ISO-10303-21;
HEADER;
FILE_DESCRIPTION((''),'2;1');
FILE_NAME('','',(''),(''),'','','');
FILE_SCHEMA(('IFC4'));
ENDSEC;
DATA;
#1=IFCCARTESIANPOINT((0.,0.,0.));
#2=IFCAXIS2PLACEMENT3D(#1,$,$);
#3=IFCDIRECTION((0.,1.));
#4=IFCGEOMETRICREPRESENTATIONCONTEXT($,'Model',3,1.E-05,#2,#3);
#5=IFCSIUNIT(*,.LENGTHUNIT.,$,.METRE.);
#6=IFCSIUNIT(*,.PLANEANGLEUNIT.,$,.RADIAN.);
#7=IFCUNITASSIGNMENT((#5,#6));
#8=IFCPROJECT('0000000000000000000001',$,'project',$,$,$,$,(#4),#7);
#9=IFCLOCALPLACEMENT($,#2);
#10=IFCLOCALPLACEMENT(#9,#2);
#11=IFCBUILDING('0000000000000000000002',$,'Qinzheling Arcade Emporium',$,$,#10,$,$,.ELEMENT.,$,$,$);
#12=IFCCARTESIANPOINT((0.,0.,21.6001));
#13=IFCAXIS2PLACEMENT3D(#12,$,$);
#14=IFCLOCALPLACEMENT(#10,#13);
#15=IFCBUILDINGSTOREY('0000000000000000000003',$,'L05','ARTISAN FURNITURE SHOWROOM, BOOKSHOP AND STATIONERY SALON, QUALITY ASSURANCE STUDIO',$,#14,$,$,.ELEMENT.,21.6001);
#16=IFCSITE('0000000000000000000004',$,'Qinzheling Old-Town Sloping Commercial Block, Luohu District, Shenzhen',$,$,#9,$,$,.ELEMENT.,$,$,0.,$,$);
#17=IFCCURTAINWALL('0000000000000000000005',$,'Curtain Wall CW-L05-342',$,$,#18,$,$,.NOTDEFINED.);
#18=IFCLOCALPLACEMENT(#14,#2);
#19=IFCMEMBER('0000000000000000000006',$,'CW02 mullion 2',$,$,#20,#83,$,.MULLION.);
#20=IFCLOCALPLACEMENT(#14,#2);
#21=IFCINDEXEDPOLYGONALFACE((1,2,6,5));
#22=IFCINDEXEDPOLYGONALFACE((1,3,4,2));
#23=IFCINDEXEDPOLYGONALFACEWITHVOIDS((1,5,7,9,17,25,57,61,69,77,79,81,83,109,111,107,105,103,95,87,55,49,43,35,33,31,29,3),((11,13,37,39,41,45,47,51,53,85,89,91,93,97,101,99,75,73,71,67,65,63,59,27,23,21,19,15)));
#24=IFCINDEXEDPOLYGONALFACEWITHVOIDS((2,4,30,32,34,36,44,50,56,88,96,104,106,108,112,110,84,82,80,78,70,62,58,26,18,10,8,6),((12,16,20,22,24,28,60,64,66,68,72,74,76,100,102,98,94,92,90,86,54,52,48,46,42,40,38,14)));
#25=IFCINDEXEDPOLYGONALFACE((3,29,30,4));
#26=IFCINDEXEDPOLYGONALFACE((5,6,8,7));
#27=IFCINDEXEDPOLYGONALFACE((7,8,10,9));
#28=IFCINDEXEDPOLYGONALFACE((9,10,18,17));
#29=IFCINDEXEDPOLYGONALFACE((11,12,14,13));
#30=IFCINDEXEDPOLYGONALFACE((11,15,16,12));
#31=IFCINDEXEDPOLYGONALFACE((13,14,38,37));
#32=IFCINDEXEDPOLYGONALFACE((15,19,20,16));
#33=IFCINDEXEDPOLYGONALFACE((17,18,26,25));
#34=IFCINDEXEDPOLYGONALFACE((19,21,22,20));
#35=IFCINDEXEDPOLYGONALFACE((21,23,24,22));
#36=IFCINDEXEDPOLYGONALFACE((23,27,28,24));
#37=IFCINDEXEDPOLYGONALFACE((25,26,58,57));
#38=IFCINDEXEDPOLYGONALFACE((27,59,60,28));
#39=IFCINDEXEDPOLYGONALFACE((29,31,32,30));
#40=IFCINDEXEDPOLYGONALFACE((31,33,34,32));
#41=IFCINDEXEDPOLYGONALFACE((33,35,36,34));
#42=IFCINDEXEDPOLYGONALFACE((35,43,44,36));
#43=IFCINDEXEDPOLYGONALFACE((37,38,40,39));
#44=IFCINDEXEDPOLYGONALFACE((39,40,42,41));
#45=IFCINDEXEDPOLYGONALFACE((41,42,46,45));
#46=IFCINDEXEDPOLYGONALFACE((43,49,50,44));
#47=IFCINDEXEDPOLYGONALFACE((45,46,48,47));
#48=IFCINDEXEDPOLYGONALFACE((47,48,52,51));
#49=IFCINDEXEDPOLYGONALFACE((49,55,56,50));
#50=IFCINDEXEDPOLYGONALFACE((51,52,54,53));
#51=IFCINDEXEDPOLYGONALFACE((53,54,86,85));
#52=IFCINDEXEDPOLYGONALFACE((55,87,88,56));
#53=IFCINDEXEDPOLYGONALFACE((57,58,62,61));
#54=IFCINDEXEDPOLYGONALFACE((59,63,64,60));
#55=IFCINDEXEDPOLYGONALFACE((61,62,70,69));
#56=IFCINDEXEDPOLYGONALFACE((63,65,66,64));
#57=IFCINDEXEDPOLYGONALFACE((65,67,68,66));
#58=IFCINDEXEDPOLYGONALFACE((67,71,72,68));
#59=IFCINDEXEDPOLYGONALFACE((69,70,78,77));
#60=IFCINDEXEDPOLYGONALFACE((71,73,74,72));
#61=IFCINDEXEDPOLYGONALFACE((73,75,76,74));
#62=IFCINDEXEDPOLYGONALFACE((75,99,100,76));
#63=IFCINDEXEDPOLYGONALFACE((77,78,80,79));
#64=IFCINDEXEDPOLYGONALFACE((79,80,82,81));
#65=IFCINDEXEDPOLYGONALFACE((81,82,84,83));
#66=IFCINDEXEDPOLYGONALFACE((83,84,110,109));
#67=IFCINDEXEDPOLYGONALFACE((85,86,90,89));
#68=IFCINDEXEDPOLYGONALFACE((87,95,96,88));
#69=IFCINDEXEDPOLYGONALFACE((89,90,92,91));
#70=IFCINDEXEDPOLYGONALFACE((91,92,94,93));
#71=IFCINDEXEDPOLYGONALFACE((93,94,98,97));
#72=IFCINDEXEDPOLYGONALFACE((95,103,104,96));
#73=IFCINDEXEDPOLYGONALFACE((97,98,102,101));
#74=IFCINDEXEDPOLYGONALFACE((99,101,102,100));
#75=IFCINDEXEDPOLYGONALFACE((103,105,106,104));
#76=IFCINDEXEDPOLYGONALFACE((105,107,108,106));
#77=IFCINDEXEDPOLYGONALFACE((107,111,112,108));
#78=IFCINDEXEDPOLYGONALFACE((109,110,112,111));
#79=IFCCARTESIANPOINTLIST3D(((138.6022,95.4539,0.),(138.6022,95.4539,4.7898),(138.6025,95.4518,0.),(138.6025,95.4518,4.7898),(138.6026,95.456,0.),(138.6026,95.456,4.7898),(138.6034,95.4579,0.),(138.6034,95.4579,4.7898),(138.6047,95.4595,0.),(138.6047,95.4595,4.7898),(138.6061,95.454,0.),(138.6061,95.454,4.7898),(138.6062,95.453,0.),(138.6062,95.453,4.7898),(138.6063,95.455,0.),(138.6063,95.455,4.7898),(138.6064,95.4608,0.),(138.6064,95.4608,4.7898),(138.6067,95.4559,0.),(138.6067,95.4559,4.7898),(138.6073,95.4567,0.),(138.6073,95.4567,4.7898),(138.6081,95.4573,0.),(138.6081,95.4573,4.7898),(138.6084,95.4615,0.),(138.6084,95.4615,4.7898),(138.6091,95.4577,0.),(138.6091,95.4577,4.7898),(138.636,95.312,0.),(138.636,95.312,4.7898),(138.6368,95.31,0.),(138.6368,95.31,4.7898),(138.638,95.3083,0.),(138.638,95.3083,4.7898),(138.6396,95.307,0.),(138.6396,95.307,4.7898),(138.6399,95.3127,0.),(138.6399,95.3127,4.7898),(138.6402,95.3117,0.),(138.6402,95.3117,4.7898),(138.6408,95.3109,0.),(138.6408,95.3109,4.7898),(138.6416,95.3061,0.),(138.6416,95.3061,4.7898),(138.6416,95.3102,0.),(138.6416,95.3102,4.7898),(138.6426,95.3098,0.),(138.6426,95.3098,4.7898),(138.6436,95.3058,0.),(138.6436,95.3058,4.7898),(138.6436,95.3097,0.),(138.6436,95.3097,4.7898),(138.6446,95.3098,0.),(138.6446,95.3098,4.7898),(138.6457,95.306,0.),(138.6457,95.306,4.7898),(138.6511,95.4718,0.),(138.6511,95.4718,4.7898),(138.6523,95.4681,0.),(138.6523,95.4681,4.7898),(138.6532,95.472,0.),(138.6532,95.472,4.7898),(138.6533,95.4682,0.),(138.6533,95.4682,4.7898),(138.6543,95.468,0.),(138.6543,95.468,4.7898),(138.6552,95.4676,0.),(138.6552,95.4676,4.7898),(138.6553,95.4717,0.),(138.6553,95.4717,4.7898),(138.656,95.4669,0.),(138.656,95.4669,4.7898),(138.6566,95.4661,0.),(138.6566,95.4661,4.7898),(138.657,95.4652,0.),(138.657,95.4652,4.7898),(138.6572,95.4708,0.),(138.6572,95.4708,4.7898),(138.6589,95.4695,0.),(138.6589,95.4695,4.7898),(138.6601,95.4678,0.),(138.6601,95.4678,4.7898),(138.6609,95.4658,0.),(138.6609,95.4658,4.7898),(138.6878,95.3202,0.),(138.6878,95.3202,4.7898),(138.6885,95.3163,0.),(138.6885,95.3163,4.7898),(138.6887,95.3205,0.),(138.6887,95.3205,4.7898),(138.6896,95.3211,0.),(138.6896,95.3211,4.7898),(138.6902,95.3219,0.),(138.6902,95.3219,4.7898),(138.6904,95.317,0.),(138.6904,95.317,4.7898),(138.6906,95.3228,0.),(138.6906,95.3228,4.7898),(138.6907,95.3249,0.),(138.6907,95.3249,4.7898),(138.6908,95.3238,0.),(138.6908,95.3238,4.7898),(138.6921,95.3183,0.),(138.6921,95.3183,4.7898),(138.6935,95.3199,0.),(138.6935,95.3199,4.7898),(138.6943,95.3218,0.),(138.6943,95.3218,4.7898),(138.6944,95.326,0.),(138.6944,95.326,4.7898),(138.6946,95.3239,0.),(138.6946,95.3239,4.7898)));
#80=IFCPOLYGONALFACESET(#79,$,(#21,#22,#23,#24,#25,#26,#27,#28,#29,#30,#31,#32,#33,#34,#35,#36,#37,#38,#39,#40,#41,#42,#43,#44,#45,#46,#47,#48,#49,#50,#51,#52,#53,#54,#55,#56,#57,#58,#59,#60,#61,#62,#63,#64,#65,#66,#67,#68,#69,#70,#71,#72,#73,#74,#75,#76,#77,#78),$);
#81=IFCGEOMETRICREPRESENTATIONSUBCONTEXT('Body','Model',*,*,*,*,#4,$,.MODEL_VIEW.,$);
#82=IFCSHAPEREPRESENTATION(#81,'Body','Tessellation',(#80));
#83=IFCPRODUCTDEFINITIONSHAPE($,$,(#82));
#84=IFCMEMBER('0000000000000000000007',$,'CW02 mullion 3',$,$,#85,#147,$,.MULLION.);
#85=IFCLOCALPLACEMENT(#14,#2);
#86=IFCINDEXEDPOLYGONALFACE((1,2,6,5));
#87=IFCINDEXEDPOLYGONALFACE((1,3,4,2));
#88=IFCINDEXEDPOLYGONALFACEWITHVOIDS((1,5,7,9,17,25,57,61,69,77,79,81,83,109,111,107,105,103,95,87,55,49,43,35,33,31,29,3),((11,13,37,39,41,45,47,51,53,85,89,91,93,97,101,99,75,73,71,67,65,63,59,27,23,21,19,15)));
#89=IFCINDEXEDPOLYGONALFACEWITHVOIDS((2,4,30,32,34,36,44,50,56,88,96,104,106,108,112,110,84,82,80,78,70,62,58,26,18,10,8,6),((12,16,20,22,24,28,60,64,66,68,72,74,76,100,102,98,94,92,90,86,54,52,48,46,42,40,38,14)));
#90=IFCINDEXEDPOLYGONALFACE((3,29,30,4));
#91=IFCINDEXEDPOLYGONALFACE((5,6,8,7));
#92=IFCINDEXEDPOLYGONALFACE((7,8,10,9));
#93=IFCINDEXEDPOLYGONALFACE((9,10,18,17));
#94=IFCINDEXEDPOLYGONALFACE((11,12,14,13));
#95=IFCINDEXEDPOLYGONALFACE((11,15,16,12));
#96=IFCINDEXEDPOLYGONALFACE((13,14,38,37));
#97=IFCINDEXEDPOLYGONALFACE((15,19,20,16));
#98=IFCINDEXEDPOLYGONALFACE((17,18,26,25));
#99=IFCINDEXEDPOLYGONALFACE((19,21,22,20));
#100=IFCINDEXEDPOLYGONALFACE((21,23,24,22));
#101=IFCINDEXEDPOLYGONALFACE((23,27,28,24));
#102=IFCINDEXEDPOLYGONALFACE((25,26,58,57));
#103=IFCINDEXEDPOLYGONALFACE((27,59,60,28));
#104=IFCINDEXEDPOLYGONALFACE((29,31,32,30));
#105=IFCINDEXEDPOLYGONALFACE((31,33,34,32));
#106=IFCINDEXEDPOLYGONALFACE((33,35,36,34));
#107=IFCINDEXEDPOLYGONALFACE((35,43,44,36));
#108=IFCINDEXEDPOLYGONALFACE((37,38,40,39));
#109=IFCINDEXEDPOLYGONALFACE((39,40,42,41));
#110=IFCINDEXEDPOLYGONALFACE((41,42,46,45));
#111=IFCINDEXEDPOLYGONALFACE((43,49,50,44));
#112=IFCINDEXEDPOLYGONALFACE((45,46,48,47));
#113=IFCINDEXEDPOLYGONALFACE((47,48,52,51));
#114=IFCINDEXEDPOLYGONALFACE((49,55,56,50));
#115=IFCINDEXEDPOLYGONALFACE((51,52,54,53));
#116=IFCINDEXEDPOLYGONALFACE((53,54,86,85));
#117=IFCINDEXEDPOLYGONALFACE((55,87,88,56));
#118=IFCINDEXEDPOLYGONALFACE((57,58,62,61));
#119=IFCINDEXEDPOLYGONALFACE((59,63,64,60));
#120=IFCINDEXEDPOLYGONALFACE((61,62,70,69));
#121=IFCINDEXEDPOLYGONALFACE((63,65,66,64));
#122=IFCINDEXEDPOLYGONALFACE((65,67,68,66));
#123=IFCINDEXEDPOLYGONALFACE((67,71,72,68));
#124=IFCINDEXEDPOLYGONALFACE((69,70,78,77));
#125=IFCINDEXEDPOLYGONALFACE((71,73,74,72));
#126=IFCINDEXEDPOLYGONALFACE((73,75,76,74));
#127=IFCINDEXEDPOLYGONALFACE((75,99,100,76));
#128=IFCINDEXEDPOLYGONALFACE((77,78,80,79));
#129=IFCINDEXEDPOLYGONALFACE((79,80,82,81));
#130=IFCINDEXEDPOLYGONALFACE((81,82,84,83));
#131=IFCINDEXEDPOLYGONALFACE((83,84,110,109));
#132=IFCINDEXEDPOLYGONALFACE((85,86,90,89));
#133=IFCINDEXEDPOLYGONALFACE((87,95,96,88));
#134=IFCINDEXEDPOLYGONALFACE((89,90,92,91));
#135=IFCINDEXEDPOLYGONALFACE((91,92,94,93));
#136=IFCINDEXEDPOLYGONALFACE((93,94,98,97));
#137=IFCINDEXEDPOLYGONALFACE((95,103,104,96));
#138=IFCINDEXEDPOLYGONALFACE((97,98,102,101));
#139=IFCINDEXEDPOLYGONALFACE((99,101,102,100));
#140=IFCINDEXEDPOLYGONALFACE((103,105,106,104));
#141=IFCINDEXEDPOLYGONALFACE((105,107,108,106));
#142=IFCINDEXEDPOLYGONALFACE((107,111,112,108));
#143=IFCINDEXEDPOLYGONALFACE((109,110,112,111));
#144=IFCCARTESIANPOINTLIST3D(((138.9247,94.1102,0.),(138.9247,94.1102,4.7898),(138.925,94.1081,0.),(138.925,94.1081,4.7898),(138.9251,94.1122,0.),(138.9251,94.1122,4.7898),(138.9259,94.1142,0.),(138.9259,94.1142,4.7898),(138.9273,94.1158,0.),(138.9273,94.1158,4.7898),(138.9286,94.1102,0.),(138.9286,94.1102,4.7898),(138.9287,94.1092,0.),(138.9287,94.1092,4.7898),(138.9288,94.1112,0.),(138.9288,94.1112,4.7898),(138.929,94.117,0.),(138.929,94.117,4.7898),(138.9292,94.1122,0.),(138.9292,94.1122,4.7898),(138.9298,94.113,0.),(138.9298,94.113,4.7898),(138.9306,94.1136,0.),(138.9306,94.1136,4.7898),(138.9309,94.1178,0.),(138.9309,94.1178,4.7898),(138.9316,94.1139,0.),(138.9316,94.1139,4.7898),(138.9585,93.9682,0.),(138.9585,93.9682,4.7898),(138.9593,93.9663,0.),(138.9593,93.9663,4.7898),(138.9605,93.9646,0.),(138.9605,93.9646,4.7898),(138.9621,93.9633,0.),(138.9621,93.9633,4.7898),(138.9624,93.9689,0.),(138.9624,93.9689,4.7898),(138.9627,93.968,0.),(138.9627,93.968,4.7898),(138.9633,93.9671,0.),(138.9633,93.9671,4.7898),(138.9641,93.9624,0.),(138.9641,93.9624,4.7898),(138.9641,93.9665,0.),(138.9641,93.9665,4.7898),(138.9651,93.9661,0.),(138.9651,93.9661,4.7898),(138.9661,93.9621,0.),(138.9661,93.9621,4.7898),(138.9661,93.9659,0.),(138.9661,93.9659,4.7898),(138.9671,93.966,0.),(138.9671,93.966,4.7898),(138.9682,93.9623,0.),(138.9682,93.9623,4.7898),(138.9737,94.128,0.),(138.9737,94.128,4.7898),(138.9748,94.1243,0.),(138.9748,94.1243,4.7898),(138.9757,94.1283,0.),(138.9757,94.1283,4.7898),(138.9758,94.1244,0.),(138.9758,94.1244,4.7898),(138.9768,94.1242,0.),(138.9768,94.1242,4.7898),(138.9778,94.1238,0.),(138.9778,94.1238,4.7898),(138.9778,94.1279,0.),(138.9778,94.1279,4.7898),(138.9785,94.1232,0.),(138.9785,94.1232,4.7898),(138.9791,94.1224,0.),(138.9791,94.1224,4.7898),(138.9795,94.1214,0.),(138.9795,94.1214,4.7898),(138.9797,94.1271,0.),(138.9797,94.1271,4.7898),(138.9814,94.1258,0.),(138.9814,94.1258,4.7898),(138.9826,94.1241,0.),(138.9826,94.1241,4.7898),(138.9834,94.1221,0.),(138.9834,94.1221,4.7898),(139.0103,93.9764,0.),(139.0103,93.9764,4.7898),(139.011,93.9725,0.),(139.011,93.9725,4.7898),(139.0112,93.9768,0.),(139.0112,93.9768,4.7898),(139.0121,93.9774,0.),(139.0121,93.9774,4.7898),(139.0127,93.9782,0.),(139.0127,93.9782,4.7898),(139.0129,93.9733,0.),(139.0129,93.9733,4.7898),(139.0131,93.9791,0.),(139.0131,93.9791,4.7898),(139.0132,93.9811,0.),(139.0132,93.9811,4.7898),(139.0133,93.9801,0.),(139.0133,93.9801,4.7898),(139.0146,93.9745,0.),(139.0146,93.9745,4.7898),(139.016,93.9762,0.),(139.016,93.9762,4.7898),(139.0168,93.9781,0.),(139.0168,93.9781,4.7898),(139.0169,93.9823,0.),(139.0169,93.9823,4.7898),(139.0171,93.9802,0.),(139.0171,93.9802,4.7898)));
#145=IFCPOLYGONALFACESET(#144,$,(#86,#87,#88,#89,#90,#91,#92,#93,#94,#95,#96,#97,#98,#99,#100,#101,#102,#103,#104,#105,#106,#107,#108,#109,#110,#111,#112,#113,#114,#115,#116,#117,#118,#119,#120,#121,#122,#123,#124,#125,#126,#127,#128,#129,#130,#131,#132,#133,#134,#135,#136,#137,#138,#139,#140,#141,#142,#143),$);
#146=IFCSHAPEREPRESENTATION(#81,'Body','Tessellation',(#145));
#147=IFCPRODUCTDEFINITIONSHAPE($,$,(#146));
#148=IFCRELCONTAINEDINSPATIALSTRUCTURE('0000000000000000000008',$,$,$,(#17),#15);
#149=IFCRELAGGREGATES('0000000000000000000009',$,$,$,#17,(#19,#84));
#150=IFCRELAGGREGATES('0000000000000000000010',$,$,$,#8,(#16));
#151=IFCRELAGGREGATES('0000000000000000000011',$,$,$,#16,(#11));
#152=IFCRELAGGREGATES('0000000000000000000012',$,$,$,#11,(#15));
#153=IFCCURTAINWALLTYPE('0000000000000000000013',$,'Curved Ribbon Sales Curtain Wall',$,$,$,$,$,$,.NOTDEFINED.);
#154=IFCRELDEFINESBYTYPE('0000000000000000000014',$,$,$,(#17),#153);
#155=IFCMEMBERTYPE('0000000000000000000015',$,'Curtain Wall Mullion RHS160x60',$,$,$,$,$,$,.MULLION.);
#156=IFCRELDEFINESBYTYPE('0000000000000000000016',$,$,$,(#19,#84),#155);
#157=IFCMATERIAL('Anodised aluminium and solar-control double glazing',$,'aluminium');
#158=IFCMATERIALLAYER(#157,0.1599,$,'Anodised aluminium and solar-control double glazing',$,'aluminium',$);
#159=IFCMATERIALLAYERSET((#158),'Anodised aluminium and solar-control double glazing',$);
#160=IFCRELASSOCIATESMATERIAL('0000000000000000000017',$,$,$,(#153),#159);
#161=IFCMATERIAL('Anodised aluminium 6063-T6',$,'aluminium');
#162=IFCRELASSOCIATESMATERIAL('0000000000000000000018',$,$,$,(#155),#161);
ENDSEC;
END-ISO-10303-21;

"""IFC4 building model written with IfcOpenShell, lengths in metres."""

from ifc_helpers import new_model, si_unit, direction, frame, origin, origin_2d, place, context, subcontext, project, spatial, hollow_rectangle, extrude, material, layer, layer_set, material_profile, profile_set, type_object, element, aggregate, save


model = new_model("IFC4")

# Units and contexts
model_context = context("Model", 3, precision=1e-05, world=origin(), true_north=direction((0.0, 1.0)))
body_context = subcontext(model_context, "Body", "Model", "MODEL_VIEW")
ifc_project = project(units=[si_unit("LENGTHUNIT", "METRE"), si_unit("PLANEANGLEUNIT", "RADIAN")], contexts=[model_context])

# Site, building, storey
site_placement = place(None, origin())
site = spatial("IfcSite", under=ifc_project, at=site_placement, Name="Qinzheling Old-Town Sloping Commercial Block, Luohu District, Shenzhen", CompositionType="ELEMENT", RefElevation=0.0)
building_placement = place(site_placement, origin())
building = spatial("IfcBuilding", under=site, at=building_placement, Name="Qinzheling Arcade Emporium", CompositionType="ELEMENT")
storey_placement = place(building_placement, frame((0.0, 0.0, 21.6001)))
storey = spatial("IfcBuildingStorey", under=building, at=storey_placement, Name="L05", Description="ARTISAN FURNITURE SHOWROOM, BOOKSHOP AND STATIONERY SALON, QUALITY ASSURANCE STUDIO", CompositionType="ELEMENT", Elevation=21.6001)

# Shared definitions
ifc_material_1 = material(Name="Anodised aluminium and solar-control double glazing", Category="aluminium")
ifc_layer_1 = layer(ifc_material_1, 0.1599, Name="Anodised aluminium and solar-control double glazing", Category="aluminium")
ifc_layer_set_1 = layer_set([ifc_layer_1], Name="Anodised aluminium and solar-control double glazing")
curtain_wall_type = type_object("IfcCurtainWallType", Name="Curved Ribbon Sales Curtain Wall", PredefinedType="NOTDEFINED", material=ifc_layer_set_1)
ifc_material_2 = material(Name="Anodised aluminium 6063-T6", Category="aluminium")
ifc_material_profile_1 = material_profile(ifc_material_2, hollow_rectangle(XDim=0.0601, YDim=0.1599, WallThickness=0.0039, InnerFilletRadius=0.0039, OuterFilletRadius=0.0081, at=origin_2d()), Name="RHS 160x60x4", Category="aluminium")
ifc_profile_set_1 = profile_set([ifc_material_profile_1], Name="Anodised aluminium 6063-T6")
member_type_1 = type_object("IfcMemberType", Name="Curtain Wall Mullion RHS160x60", PredefinedType="MULLION", material=ifc_profile_set_1)

# Curtain wall, members
curtain_wall_1_placement = place(storey_placement, origin())
curtain_wall_1 = element("IfcCurtainWall", 1, at=curtain_wall_1_placement, inside=storey, type_object=curtain_wall_type, Name="Curtain Wall CW-L05-342", PredefinedType="NOTDEFINED")
member_1_placement = place(storey_placement, frame((138.6484, 95.3889, 0.0), z_axis=(0.0, 0.0, 1.0), x_axis=(0.972391, 0.23336, 0.0)))
member_1 = element("IfcMember", 2, at=member_1_placement, type_object=member_type_1, Name="CW02 mullion 2", PredefinedType="MULLION", context=body_context, shape_type="SweptSolid", body=[
    extrude(hollow_rectangle(XDim=0.0601, YDim=0.1599, WallThickness=0.0039, InnerFilletRadius=0.0039, OuterFilletRadius=0.0081, at=origin_2d()), origin(), (0.0, 0.0, 1.0), 4.7898),
])
member_2_placement = place(storey_placement, frame((138.9709, 94.0452, 0.0), z_axis=(0.0, 0.0, 1.0), x_axis=(0.972391, 0.23336, 0.0)))
member_2 = element("IfcMember", 3, at=member_2_placement, type_object=member_type_1, Name="CW02 mullion 3", PredefinedType="MULLION", context=body_context, shape_type="SweptSolid", body=[
    extrude(hollow_rectangle(XDim=0.0601, YDim=0.1599, WallThickness=0.0039, InnerFilletRadius=0.0039, OuterFilletRadius=0.0081, at=origin_2d()), origin(), (0.0, 0.0, 1.0), 4.7898),
])

aggregate(curtain_wall_1, [member_1, member_2])

save(model, "model.ifc")
